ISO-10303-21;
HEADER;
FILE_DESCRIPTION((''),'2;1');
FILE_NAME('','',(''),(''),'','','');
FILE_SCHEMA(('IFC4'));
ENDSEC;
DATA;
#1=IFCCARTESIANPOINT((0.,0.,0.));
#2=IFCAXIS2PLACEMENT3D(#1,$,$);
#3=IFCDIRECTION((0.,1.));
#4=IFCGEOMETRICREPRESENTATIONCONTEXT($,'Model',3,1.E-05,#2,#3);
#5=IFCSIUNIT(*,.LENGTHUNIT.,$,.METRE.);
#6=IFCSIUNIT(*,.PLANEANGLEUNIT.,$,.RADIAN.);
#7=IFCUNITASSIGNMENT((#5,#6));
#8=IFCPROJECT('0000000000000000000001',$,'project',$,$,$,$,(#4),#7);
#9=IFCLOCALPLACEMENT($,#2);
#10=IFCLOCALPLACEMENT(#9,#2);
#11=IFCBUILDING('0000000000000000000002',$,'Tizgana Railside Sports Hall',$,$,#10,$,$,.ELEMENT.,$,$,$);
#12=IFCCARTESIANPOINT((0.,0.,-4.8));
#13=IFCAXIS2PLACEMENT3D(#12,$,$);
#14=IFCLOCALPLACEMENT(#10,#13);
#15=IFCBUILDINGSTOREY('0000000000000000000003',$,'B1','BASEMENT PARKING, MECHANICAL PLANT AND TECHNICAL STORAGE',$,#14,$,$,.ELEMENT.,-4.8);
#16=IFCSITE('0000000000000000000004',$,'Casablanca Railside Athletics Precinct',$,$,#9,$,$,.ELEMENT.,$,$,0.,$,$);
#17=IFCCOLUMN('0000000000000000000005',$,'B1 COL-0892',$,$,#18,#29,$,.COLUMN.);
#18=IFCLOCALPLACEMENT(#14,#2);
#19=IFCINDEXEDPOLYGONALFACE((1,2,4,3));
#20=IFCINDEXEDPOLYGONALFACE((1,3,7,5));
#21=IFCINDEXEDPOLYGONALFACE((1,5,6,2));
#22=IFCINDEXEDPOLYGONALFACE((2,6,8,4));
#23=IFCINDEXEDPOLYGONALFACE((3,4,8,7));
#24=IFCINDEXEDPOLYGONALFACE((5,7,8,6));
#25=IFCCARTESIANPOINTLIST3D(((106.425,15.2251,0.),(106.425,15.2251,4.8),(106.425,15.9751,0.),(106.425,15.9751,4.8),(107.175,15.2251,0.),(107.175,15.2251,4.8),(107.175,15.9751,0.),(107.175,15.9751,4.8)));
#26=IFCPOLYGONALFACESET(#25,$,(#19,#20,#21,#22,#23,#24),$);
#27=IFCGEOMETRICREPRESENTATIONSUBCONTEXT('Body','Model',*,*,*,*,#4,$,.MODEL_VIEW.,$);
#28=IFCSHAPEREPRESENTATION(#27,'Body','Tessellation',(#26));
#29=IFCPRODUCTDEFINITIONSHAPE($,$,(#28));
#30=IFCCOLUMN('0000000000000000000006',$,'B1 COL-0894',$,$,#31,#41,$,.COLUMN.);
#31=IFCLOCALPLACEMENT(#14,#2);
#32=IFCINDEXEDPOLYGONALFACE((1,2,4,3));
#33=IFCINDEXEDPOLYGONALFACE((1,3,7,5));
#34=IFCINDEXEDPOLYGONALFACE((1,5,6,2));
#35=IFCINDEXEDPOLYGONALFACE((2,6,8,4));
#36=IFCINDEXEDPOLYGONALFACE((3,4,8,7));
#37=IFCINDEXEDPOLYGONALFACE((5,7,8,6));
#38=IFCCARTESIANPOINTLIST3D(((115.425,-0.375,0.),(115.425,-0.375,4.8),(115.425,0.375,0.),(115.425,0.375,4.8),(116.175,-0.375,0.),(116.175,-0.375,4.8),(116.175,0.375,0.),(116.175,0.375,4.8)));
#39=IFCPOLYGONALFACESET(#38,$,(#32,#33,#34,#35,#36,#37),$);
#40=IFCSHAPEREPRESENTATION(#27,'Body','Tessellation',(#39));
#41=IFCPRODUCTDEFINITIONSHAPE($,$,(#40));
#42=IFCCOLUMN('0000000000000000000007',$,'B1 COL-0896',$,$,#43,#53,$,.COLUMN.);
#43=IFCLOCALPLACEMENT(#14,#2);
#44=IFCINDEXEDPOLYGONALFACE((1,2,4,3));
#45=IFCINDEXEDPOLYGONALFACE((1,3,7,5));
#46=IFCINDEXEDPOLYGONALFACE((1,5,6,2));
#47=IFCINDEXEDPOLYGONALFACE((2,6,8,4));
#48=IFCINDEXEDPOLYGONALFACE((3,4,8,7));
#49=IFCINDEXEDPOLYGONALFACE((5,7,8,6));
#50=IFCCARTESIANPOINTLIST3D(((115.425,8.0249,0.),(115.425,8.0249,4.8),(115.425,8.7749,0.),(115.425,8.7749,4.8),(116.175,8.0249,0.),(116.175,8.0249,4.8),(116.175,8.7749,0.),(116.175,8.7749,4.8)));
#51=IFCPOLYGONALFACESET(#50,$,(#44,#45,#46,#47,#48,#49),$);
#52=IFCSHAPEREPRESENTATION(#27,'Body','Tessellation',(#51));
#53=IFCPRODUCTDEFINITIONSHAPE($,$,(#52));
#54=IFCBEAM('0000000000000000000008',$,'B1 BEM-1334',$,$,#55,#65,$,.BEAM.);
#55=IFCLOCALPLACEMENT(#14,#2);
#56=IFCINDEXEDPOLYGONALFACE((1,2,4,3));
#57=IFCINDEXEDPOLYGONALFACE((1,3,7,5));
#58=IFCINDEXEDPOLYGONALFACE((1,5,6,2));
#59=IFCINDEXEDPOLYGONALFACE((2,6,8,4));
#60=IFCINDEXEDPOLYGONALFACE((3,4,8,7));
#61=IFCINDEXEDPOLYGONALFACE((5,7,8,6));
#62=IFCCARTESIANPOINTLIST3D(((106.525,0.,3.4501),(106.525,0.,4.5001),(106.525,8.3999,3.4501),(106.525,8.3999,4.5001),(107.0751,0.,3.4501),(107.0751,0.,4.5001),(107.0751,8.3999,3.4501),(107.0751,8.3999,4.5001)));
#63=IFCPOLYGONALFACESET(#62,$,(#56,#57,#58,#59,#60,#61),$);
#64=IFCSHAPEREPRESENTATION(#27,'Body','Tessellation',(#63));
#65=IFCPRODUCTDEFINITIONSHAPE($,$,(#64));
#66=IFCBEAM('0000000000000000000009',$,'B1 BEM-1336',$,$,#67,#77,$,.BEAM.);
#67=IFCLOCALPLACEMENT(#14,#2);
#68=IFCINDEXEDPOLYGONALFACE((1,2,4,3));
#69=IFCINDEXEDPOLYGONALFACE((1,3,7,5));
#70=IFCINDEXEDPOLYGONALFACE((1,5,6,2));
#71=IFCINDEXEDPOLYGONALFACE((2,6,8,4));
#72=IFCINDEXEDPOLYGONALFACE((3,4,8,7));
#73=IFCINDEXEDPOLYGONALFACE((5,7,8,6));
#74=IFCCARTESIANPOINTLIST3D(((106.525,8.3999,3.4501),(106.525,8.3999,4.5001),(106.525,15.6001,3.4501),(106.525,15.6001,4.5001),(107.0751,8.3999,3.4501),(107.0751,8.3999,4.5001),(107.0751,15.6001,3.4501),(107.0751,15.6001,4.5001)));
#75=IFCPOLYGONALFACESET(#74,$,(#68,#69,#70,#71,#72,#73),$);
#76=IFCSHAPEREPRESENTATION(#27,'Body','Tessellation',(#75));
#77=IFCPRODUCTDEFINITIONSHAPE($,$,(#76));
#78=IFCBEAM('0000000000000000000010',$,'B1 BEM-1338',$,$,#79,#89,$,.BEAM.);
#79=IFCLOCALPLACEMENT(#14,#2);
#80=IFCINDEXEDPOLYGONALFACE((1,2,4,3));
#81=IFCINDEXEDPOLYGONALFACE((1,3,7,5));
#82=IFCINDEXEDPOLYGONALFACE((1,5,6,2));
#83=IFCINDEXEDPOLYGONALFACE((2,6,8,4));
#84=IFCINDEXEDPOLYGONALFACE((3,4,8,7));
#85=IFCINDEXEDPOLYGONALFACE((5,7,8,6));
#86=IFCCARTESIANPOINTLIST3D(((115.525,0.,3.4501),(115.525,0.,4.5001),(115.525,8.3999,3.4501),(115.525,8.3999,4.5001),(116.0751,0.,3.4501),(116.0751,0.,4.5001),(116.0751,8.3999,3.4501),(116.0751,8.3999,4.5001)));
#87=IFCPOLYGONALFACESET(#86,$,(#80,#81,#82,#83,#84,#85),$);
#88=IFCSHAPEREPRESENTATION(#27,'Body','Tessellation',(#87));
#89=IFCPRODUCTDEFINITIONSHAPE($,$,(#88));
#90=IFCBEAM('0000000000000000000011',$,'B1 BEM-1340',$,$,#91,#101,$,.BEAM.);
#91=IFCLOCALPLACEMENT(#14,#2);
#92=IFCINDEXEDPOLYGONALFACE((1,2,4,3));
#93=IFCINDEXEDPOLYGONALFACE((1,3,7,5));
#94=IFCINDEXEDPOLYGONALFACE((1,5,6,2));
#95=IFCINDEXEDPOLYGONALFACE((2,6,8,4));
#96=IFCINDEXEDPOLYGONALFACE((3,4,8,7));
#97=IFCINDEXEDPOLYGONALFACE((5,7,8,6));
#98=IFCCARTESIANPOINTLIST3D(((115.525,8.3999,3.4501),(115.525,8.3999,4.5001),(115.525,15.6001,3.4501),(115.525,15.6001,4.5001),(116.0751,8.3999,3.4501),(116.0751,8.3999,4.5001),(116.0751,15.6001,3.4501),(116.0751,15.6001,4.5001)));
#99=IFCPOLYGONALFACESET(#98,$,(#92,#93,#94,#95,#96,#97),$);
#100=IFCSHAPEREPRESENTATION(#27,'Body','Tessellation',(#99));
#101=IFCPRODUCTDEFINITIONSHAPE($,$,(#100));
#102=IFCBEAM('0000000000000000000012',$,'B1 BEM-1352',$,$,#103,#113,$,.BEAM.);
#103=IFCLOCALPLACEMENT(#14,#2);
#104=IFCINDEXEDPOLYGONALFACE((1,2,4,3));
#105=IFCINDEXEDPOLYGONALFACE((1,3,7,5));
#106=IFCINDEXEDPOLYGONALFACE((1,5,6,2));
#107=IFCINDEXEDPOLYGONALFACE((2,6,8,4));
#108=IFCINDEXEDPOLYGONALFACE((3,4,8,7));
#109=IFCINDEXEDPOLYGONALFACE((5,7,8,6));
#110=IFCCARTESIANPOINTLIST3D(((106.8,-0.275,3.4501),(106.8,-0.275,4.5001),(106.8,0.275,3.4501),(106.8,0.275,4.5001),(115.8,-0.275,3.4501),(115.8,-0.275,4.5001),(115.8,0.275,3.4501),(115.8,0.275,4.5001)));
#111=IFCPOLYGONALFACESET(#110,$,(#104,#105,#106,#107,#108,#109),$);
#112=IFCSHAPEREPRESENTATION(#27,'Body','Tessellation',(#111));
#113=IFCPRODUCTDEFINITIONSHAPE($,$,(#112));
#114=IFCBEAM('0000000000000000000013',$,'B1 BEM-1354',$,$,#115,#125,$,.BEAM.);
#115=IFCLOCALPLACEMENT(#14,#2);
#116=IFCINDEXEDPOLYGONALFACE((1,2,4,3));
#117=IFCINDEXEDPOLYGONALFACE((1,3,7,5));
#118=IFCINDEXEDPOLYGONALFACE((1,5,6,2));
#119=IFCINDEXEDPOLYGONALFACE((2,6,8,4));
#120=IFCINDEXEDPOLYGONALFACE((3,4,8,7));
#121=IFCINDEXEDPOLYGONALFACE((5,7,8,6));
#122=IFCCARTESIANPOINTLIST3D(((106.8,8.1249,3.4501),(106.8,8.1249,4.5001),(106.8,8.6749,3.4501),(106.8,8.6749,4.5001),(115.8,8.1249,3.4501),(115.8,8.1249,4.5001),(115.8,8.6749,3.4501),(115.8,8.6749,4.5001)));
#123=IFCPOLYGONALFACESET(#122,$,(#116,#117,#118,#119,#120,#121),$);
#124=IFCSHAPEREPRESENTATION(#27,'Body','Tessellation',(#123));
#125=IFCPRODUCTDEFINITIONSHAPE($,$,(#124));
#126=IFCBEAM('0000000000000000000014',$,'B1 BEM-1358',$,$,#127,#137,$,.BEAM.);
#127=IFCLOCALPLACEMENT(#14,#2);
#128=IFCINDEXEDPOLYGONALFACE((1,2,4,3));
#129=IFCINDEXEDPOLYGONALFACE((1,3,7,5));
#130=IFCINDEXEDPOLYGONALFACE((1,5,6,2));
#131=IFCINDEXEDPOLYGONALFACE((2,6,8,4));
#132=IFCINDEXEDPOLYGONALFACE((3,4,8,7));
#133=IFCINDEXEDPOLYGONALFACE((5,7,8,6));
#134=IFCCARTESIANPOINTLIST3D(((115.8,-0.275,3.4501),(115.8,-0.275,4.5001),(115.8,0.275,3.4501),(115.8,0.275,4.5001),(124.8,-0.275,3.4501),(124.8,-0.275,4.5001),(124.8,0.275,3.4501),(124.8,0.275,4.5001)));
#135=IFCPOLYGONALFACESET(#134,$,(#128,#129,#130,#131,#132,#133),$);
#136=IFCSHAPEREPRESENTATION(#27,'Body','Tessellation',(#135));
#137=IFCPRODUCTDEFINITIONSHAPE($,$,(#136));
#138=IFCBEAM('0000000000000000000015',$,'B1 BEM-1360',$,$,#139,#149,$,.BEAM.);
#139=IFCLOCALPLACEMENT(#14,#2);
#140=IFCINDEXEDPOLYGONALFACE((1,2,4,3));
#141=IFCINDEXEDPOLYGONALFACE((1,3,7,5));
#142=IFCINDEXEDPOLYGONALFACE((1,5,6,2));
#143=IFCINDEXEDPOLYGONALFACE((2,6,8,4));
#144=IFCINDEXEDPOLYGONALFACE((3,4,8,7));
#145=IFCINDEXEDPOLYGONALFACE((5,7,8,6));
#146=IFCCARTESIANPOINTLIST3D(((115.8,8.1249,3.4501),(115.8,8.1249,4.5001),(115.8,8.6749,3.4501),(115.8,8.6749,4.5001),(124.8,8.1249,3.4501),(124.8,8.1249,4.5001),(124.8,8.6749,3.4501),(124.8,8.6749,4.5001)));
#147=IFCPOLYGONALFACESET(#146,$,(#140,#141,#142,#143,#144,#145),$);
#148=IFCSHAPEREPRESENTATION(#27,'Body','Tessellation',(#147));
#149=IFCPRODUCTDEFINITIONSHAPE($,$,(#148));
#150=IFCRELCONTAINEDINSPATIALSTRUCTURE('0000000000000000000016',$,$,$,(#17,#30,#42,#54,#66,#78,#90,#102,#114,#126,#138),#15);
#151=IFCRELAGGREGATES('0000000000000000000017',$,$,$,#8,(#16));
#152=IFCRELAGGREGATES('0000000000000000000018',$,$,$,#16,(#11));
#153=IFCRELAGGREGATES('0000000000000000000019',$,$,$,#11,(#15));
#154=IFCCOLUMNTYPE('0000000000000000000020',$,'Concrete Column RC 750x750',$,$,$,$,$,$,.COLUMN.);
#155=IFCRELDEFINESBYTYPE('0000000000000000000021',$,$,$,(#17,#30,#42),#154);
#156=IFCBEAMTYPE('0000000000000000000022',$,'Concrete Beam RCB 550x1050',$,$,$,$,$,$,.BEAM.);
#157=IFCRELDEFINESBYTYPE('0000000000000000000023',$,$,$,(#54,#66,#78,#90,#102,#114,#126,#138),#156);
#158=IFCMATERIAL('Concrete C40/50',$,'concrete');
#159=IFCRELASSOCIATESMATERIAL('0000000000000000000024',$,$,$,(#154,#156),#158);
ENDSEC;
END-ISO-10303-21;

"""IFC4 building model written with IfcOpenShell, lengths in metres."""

from ifc_helpers import new_model, si_unit, direction, frame, origin, origin_2d, place, context, subcontext, project, spatial, rectangle, extrude, material, material_profile, profile_set, type_object, element, save


model = new_model("IFC4")

# Units and contexts
model_context = context("Model", 3, precision=1e-05, world=origin(), true_north=direction((0.0, 1.0)))
body_context = subcontext(model_context, "Body", "Model", "MODEL_VIEW")
ifc_project = project(units=[si_unit("LENGTHUNIT", "METRE"), si_unit("PLANEANGLEUNIT", "RADIAN")], contexts=[model_context])

# Site, building, storey
site_placement = place(None, origin())
site = spatial("IfcSite", under=ifc_project, at=site_placement, Name="Casablanca Railside Athletics Precinct", CompositionType="ELEMENT", RefElevation=0.0)
building_placement = place(site_placement, origin())
building = spatial("IfcBuilding", under=site, at=building_placement, Name="Tizgana Railside Sports Hall", CompositionType="ELEMENT")
storey_placement = place(building_placement, frame((0.0, 0.0, -4.8)))
storey = spatial("IfcBuildingStorey", under=building, at=storey_placement, Name="B1", Description="BASEMENT PARKING, MECHANICAL PLANT AND TECHNICAL STORAGE", CompositionType="ELEMENT", Elevation=-4.8)

# Columns
ifc_material_1 = material(Name="Concrete C40/50", Category="concrete")
ifc_material_profile_1 = material_profile(ifc_material_1, rectangle(XDim=0.75, YDim=0.75, at=origin_2d()), Name="RC 750x750")
ifc_profile_set_1 = profile_set([ifc_material_profile_1], Name="Concrete C40/50")
column_type = type_object("IfcColumnType", Name="Concrete Column RC 750x750", PredefinedType="COLUMN", material=ifc_profile_set_1)
for number, where, z_axis, x_axis, name in (
    (1, (106.8, 15.6001, 0.0), (0.0, 0.0, 1.0), (1.0, 0.0, 0.0), "B1 COL-0892"),
    (2, (115.8, 0.0, 0.0), (0.0, 0.0, 1.0), (1.0, 0.0, 0.0), "B1 COL-0894"),
    (3, (115.8, 8.3999, 0.0), (0.0, 0.0, 1.0), (1.0, 0.0, 0.0), "B1 COL-0896"),
):
    element("IfcColumn", number, at=place(storey_placement, frame(where, z_axis=z_axis, x_axis=x_axis)), inside=storey, type_object=column_type, Name=name, PredefinedType="COLUMN", context=body_context, shape_type="SweptSolid", body=[
        extrude(rectangle(XDim=0.75, YDim=0.75, at=origin_2d()), origin(), (0.0, 0.0, 1.0), 4.8),
    ])

# Beams
ifc_material_profile_2 = material_profile(ifc_material_1, rectangle(XDim=0.55, YDim=1.05, at=origin_2d()), Name="RCB 550x1050")
ifc_profile_set_2 = profile_set([ifc_material_profile_2], Name="Concrete C40/50")
beam_type = type_object("IfcBeamType", Name="Concrete Beam RCB 550x1050", PredefinedType="BEAM", material=ifc_profile_set_2)
beam_1_placement = place(storey_placement, frame((106.8, 0.0, 3.9751), z_axis=(0.0, 1.0, 0.0), x_axis=(-1.0, 0.0, 0.0)))
element("IfcBeam", 4, at=beam_1_placement, inside=storey, type_object=beam_type, Name="B1 BEM-1334", PredefinedType="BEAM", context=body_context, shape_type="SweptSolid", body=[
    extrude(rectangle(XDim=0.55, YDim=1.05, at=origin_2d()), origin(), (0.0, 0.0, 1.0), 8.3999),
])
beam_2_placement = place(storey_placement, frame((106.8, 8.3999, 3.9751), z_axis=(0.0, 1.0, 0.0), x_axis=(-1.0, 0.0, 0.0)))
element("IfcBeam", 5, at=beam_2_placement, inside=storey, type_object=beam_type, Name="B1 BEM-1336", PredefinedType="BEAM", context=body_context, shape_type="SweptSolid", body=[
    extrude(rectangle(XDim=0.55, YDim=1.05, at=origin_2d()), origin(), (0.0, 0.0, 1.0), 7.2002),
])
beam_3_placement = place(storey_placement, frame((115.8, 0.0, 3.9751), z_axis=(0.0, 1.0, 0.0), x_axis=(-1.0, 0.0, 0.0)))
element("IfcBeam", 6, at=beam_3_placement, inside=storey, type_object=beam_type, Name="B1 BEM-1338", PredefinedType="BEAM", context=body_context, shape_type="SweptSolid", body=[
    extrude(rectangle(XDim=0.55, YDim=1.05, at=origin_2d()), origin(), (0.0, 0.0, 1.0), 8.3999),
])
beam_4_placement = place(storey_placement, frame((115.8, 8.3999, 3.9751), z_axis=(0.0, 1.0, 0.0), x_axis=(-1.0, 0.0, 0.0)))
element("IfcBeam", 7, at=beam_4_placement, inside=storey, type_object=beam_type, Name="B1 BEM-1340", PredefinedType="BEAM", context=body_context, shape_type="SweptSolid", body=[
    extrude(rectangle(XDim=0.55, YDim=1.05, at=origin_2d()), origin(), (0.0, 0.0, 1.0), 7.2002),
])
for number, where, z_axis, x_axis, name in (
    (8, (106.8, 0.0, 3.9751), (1.0, 0.0, 0.0), (0.0, 1.0, 0.0), "B1 BEM-1352"),
    (9, (106.8, 8.3999, 3.9751), (1.0, 0.0, 0.0), (0.0, 1.0, 0.0), "B1 BEM-1354"),
    (10, (115.8, 0.0, 3.9751), (1.0, 0.0, 0.0), (0.0, 1.0, 0.0), "B1 BEM-1358"),
    (11, (115.8, 8.3999, 3.9751), (1.0, 0.0, 0.0), (0.0, 1.0, 0.0), "B1 BEM-1360"),
):
    element("IfcBeam", number, at=place(storey_placement, frame(where, z_axis=z_axis, x_axis=x_axis)), inside=storey, type_object=beam_type, Name=name, PredefinedType="BEAM", context=body_context, shape_type="SweptSolid", body=[
        extrude(rectangle(XDim=0.55, YDim=1.05, at=origin_2d()), origin(), (0.0, 0.0, 1.0), 9.0),
    ])

save(model, "model.ifc")
